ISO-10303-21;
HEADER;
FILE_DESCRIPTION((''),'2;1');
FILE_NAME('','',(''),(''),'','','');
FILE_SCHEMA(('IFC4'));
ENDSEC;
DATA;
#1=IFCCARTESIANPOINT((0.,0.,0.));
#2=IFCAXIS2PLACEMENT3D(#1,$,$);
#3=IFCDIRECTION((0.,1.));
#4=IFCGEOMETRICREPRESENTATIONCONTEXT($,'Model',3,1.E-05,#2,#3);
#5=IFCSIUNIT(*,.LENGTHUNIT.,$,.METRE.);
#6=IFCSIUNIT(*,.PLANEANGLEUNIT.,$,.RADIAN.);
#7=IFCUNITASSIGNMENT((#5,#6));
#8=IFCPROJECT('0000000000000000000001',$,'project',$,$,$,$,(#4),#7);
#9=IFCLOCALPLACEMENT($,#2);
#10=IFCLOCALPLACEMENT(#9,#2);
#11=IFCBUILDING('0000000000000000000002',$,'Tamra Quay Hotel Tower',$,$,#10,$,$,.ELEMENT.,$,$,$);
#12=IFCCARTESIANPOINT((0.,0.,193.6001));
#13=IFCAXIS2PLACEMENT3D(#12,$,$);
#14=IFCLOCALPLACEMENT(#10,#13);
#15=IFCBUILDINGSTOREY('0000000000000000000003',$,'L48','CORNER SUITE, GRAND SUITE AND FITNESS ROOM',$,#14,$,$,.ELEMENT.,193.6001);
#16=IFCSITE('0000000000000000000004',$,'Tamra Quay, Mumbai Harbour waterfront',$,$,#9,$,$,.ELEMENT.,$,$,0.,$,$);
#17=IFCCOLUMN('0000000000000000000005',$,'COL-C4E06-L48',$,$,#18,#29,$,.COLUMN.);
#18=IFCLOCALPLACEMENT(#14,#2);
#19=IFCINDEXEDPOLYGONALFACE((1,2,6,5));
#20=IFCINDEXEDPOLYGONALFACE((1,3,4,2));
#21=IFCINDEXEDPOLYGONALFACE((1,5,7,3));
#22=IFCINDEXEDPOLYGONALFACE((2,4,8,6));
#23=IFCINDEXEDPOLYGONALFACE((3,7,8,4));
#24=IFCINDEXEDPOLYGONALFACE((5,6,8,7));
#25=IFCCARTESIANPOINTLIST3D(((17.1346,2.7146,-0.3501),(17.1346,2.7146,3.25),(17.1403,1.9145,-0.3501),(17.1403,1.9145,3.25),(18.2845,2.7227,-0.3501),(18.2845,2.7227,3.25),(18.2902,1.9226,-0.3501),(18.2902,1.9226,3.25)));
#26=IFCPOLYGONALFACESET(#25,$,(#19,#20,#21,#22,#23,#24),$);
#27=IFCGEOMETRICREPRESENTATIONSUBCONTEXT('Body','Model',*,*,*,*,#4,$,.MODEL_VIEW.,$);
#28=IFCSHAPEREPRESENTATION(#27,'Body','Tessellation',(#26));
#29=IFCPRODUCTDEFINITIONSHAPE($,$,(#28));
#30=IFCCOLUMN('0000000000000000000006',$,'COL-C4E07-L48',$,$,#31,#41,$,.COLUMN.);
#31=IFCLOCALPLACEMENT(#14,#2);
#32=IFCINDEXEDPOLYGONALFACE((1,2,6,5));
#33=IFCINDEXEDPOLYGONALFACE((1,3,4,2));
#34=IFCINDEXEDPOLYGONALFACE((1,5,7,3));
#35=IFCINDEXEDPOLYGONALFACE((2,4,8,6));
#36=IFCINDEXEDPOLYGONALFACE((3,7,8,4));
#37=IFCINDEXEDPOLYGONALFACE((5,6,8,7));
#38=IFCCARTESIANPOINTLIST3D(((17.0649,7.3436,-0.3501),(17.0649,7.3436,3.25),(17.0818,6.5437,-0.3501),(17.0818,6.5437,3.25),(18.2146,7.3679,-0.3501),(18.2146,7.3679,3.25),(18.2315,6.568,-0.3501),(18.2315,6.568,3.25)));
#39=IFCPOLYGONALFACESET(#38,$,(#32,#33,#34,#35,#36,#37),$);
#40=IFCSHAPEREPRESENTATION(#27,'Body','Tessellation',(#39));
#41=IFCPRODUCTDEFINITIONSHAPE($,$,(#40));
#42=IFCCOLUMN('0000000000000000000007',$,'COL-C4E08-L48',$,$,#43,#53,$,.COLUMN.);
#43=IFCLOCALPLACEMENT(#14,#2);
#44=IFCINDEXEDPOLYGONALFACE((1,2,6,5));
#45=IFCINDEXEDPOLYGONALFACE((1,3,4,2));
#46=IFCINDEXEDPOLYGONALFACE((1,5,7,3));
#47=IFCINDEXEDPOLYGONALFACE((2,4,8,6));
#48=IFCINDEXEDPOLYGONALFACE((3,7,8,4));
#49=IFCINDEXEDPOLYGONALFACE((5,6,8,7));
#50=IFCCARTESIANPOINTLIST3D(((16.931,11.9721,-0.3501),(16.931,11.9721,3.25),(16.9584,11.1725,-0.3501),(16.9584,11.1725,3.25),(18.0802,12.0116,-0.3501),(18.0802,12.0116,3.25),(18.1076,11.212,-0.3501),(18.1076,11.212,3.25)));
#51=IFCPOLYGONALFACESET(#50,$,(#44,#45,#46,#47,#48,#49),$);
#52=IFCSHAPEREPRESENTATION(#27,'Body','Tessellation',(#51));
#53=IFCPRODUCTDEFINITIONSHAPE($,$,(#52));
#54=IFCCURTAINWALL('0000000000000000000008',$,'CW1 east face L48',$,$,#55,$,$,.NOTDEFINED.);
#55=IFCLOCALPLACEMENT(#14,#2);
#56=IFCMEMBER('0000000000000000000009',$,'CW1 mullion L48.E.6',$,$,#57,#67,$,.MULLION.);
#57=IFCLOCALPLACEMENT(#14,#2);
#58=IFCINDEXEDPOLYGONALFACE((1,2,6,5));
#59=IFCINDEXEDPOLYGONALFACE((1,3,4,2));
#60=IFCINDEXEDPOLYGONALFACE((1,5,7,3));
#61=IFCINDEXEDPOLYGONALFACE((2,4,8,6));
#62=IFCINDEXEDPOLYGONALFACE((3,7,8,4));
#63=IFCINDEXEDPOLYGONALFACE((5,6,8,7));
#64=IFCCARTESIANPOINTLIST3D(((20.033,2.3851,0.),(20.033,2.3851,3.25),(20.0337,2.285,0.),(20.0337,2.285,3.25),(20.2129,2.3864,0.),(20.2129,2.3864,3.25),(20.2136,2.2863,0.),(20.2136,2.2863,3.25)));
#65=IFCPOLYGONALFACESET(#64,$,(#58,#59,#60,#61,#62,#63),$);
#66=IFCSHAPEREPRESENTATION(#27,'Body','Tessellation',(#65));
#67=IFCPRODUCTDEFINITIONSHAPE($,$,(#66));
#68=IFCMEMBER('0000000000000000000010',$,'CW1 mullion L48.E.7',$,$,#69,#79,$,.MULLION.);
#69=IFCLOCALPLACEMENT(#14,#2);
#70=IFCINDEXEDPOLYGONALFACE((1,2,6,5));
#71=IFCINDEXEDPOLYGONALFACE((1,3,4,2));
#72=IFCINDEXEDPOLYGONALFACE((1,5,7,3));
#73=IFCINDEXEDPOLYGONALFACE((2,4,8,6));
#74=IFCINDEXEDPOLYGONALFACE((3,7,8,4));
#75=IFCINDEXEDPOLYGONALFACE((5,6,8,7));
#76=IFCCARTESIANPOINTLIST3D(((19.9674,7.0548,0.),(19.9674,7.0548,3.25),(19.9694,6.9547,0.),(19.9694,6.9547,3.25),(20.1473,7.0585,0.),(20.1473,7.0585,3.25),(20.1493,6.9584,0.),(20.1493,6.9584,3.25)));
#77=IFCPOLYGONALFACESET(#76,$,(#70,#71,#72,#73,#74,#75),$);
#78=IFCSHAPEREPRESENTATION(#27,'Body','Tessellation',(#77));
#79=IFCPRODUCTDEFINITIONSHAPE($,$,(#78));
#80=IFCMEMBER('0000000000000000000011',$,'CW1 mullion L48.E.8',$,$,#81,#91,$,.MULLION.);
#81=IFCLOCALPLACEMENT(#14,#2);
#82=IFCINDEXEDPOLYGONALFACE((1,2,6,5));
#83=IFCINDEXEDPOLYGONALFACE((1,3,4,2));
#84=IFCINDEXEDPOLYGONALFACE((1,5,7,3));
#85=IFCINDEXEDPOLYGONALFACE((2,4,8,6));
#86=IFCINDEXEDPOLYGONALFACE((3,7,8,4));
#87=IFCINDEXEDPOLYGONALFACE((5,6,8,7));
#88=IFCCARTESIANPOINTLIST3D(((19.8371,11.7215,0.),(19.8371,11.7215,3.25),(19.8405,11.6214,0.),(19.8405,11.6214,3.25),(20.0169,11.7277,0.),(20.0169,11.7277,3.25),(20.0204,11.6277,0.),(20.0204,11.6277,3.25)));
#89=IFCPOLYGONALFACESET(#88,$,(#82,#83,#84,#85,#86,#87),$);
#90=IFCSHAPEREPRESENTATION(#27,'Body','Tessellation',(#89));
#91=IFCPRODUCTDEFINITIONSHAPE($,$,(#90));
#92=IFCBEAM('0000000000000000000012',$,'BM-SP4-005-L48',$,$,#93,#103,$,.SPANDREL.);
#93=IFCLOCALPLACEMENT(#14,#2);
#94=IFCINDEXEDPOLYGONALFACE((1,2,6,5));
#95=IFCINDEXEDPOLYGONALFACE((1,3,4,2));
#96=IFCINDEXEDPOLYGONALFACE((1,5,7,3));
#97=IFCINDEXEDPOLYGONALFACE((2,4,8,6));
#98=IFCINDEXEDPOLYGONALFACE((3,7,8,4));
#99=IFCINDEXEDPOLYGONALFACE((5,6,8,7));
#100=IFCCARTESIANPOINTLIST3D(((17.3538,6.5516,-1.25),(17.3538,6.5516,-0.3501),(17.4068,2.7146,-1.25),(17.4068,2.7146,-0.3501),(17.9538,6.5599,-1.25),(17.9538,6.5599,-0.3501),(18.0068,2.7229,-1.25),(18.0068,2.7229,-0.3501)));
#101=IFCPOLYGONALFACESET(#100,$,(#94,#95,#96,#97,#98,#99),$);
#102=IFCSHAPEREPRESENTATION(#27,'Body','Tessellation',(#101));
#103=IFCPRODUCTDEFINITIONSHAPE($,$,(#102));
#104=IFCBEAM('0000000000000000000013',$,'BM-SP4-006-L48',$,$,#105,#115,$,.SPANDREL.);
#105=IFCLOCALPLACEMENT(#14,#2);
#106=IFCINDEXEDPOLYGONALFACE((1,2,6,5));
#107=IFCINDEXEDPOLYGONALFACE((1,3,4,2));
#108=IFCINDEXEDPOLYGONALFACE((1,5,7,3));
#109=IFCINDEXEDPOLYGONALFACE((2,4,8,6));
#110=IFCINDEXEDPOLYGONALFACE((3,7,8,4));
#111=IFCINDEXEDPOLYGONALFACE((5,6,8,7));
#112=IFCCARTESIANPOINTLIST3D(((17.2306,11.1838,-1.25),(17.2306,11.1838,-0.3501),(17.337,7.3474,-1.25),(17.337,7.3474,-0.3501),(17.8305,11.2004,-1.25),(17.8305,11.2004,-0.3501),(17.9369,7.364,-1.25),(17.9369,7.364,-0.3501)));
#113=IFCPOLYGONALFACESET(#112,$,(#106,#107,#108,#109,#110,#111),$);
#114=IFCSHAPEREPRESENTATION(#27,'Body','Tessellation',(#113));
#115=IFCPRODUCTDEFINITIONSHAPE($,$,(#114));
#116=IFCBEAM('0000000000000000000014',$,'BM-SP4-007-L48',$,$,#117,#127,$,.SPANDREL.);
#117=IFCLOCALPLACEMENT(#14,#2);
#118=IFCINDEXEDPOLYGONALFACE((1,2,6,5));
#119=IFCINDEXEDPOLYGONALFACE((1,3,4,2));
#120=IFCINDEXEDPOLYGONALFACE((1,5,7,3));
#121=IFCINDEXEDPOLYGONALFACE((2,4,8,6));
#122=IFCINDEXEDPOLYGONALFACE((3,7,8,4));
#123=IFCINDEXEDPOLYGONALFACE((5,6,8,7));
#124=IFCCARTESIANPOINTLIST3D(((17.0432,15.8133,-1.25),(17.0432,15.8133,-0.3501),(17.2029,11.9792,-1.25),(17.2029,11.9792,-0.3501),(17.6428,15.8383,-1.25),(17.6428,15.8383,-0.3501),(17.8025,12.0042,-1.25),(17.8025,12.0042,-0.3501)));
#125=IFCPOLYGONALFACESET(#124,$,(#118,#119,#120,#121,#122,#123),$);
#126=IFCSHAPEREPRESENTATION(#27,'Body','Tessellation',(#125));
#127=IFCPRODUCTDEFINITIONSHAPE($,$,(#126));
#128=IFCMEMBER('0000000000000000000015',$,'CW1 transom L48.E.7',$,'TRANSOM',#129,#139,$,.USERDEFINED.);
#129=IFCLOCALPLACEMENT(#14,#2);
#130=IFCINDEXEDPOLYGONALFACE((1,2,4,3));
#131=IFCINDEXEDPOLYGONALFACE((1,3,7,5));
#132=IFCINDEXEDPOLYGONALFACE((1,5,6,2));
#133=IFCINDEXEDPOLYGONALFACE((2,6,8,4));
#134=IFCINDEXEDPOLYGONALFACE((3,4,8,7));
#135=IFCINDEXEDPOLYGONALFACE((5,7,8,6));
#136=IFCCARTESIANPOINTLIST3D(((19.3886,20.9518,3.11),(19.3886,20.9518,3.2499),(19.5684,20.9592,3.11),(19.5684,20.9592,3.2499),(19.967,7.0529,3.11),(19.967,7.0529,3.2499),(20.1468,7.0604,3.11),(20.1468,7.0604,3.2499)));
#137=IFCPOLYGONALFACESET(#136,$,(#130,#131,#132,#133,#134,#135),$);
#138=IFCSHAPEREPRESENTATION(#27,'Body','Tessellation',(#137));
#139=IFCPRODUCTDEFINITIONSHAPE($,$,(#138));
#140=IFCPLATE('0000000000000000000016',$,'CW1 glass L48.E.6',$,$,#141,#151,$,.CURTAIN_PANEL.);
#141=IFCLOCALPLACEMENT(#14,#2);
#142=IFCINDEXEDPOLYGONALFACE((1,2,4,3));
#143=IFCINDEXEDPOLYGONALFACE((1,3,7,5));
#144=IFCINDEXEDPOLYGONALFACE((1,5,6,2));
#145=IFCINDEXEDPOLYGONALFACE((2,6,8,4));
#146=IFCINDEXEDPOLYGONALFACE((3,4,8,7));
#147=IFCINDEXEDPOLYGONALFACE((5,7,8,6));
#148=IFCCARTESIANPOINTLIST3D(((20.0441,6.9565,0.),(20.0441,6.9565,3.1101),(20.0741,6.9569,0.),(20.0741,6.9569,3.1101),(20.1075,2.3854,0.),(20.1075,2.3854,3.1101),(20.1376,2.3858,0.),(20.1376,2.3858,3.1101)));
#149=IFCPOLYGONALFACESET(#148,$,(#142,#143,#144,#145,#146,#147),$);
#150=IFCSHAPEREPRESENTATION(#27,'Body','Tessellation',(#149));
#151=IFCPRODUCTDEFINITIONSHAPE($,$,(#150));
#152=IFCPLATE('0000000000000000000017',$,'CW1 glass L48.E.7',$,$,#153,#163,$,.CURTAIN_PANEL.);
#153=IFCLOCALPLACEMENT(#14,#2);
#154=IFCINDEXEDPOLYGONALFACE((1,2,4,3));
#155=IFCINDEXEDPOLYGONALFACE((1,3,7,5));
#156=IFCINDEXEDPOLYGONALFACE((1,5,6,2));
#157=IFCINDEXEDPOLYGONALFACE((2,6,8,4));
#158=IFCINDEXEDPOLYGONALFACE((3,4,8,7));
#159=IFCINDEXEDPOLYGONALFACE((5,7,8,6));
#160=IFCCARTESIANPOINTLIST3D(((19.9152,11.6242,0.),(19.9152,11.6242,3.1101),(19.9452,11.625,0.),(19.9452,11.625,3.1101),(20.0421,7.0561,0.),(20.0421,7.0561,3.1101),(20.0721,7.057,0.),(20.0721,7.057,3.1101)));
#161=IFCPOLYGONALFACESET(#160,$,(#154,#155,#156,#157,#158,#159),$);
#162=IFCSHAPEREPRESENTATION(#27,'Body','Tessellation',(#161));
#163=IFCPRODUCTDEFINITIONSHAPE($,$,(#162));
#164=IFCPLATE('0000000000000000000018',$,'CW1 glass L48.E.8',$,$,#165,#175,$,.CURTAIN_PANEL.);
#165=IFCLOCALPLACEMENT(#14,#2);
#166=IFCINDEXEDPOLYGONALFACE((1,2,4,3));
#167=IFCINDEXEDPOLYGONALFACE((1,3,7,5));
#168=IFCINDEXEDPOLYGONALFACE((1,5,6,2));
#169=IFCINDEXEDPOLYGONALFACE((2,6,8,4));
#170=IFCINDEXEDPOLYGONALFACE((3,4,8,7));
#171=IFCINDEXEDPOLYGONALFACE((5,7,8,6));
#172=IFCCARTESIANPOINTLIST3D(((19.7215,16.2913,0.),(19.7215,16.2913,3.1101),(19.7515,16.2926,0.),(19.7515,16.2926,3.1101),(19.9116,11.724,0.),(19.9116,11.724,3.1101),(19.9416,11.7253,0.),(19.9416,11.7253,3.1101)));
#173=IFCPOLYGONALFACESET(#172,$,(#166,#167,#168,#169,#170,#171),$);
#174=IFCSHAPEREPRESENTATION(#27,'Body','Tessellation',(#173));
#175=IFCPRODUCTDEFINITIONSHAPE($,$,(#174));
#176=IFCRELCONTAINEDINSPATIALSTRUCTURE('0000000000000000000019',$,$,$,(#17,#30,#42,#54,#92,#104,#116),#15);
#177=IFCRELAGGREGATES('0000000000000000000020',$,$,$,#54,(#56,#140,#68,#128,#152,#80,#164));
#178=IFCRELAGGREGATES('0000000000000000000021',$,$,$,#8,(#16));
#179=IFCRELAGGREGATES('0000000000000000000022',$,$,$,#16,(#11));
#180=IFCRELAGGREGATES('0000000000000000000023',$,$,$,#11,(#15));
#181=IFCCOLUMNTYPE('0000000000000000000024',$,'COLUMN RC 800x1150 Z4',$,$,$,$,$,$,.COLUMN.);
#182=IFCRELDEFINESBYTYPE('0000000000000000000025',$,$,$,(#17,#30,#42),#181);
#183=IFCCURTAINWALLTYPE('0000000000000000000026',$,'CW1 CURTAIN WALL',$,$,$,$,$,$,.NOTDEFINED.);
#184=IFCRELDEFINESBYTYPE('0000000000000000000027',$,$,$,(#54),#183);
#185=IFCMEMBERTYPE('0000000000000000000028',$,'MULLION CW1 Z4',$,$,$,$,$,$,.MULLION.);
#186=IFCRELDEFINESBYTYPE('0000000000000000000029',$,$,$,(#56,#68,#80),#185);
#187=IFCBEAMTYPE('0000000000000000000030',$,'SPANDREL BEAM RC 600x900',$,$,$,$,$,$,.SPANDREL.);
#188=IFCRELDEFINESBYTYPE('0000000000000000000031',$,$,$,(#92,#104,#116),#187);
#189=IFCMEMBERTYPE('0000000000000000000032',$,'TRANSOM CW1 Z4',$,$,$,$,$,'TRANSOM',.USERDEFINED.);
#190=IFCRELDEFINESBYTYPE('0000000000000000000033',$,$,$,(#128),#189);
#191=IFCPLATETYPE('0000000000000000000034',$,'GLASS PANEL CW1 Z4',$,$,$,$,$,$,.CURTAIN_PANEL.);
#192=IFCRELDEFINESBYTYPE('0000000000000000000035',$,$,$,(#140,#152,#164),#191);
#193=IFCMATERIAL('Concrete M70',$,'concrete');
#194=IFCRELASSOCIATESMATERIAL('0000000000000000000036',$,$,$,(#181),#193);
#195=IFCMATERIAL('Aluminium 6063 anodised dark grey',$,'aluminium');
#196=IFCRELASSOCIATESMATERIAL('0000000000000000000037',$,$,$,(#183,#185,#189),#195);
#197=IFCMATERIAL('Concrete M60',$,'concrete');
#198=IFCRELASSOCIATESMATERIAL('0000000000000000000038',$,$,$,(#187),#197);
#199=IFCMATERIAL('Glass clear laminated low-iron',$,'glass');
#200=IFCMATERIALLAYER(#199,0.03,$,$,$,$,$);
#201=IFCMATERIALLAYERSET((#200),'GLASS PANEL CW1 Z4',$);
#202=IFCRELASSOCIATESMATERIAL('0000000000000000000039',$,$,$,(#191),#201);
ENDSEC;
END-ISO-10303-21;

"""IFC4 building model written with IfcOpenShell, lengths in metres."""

from ifc_helpers import new_model, si_unit, direction, frame, origin, origin_2d, place, context, subcontext, project, spatial, rectangle, extrude, material, layer, layer_set, material_profile, profile_set, type_object, element, aggregate, save


model = new_model("IFC4")

# Units and contexts
model_context = context("Model", 3, precision=1e-05, world=origin(), true_north=direction((0.0, 1.0)))
body_context = subcontext(model_context, "Body", "Model", "MODEL_VIEW")
ifc_project = project(units=[si_unit("LENGTHUNIT", "METRE"), si_unit("PLANEANGLEUNIT", "RADIAN")], contexts=[model_context])

# Site, building, storey
site_placement = place(None, origin())
site = spatial("IfcSite", under=ifc_project, at=site_placement, Name="Tamra Quay, Mumbai Harbour waterfront", CompositionType="ELEMENT", RefElevation=0.0)
building_placement = place(site_placement, origin())
building = spatial("IfcBuilding", under=site, at=building_placement, Name="Tamra Quay Hotel Tower", CompositionType="ELEMENT")
storey_placement = place(building_placement, frame((0.0, 0.0, 193.6001)))
storey = spatial("IfcBuildingStorey", under=building, at=storey_placement, Name="L48", Description="CORNER SUITE, GRAND SUITE AND FITNESS ROOM", CompositionType="ELEMENT", Elevation=193.6001)

# Columns
ifc_material_1 = material(Name="Concrete M70", Category="concrete")
ifc_material_profile_1 = material_profile(ifc_material_1, rectangle(XDim=1.1499, YDim=0.8, at=origin_2d()), Name="COLUMN RC 800x1150 Z4")
ifc_profile_set_1 = profile_set([ifc_material_profile_1], Name="Concrete M70")
column_type = type_object("IfcColumnType", Name="COLUMN RC 800x1150 Z4", PredefinedType="COLUMN", material=ifc_profile_set_1)
for number, where, z_axis, x_axis, name in (
    (1, (17.7124, 2.3186, -0.3501), (0.0, 0.0, 1.0), (0.999975, 0.007041, 0.0), "COL-C4E06-L48"),
    (2, (17.6482, 6.9558, -0.3501), (0.0, 0.0, 1.0), (0.999777, 0.021115, 0.0), "COL-C4E07-L48"),
    (3, (17.5193, 11.592, -0.3501), (0.0, 0.0, 1.0), (0.999412, 0.034299, 0.0), "COL-C4E08-L48"),
):
    element("IfcColumn", number, at=place(storey_placement, frame(where, z_axis=z_axis, x_axis=x_axis)), inside=storey, type_object=column_type, Name=name, PredefinedType="COLUMN", context=body_context, shape_type="SweptSolid", body=[
        extrude(rectangle(XDim=1.1499, YDim=0.8, at=origin_2d()), origin(), (0.0, 0.0, 1.0), 3.6001),
    ])

# Curtain wall, members
ifc_material_2 = material(Name="Aluminium 6063 anodised dark grey", Category="aluminium")
curtain_wall_type = type_object("IfcCurtainWallType", Name="CW1 CURTAIN WALL", PredefinedType="NOTDEFINED", material=ifc_material_2)
curtain_wall_placement = place(storey_placement, origin())
curtain_wall = element("IfcCurtainWall", 4, at=curtain_wall_placement, inside=storey, type_object=curtain_wall_type, Name="CW1 east face L48", PredefinedType="NOTDEFINED")
ifc_material_profile_2 = material_profile(ifc_material_2, rectangle(XDim=0.1799, YDim=0.1001, at=origin_2d()), Name="MULLION 100X180")
ifc_profile_set_2 = profile_set([ifc_material_profile_2], Name="Aluminium 6063 anodised dark grey")
member_type_1 = type_object("IfcMemberType", Name="MULLION CW1 Z4", PredefinedType="MULLION", material=ifc_profile_set_2)
member_1_placement = place(storey_placement, frame((20.1233, 2.3357, 0.0), z_axis=(0.0, 0.0, 1.0), x_axis=(0.999976, 0.006943, 0.0)))
member_1 = element("IfcMember", 5, at=member_1_placement, type_object=member_type_1, Name="CW1 mullion L48.E.6", PredefinedType="MULLION", context=body_context, shape_type="SweptSolid", body=[
    extrude(rectangle(XDim=0.1799, YDim=0.1001, at=origin_2d()), origin(), (0.0, 0.0, 1.0), 3.25),
])
member_2_placement = place(storey_placement, frame((20.0583, 7.0066, 0.0), z_axis=(0.0, 0.0, 1.0), x_axis=(0.999783, 0.020821, 0.0)))
member_2 = element("IfcMember", 6, at=member_2_placement, type_object=member_type_1, Name="CW1 mullion L48.E.7", PredefinedType="MULLION", context=body_context, shape_type="SweptSolid", body=[
    extrude(rectangle(XDim=0.1799, YDim=0.1001, at=origin_2d()), origin(), (0.0, 0.0, 1.0), 3.25),
])
member_3_placement = place(storey_placement, frame((19.9287, 11.6746, 0.0), z_axis=(0.0, 0.0, 1.0), x_axis=(0.999399, 0.034677, 0.0)))
member_3 = element("IfcMember", 7, at=member_3_placement, type_object=member_type_1, Name="CW1 mullion L48.E.8", PredefinedType="MULLION", context=body_context, shape_type="SweptSolid", body=[
    extrude(rectangle(XDim=0.1799, YDim=0.1001, at=origin_2d()), origin(), (0.0, 0.0, 1.0), 3.25),
])

# Beams
ifc_material_3 = material(Name="Concrete M60", Category="concrete")
ifc_material_profile_3 = material_profile(ifc_material_3, rectangle(XDim=0.6001, YDim=0.8999, at=origin_2d()), Name="SPANDREL BEAM RC 600x900")
ifc_profile_set_3 = profile_set([ifc_material_profile_3], Name="Concrete M60")
beam_type = type_object("IfcBeamType", Name="SPANDREL BEAM RC 600x900", PredefinedType="SPANDREL", material=ifc_profile_set_3)
beam_1_placement = place(storey_placement, frame((17.7068, 2.7188, -0.8), z_axis=(-0.013805, 0.999905, 0.0), x_axis=(-0.999905, -0.013805, 0.0)))
element("IfcBeam", 8, at=beam_1_placement, inside=storey, type_object=beam_type, Name="BM-SP4-005-L48", PredefinedType="SPANDREL", context=body_context, shape_type="SweptSolid", body=[
    extrude(rectangle(XDim=0.6001, YDim=0.8999, at=origin_2d()), origin(), (0.0, 0.0, 1.0), 3.8374),
])
beam_2_placement = place(storey_placement, frame((17.637, 7.3557, -0.8), z_axis=(-0.027735, 0.999615, 0.0), x_axis=(-0.999615, -0.027735, 0.0)))
element("IfcBeam", 9, at=beam_2_placement, inside=storey, type_object=beam_type, Name="BM-SP4-006-L48", PredefinedType="SPANDREL", context=body_context, shape_type="SweptSolid", body=[
    extrude(rectangle(XDim=0.6001, YDim=0.8999, at=origin_2d()), origin(), (0.0, 0.0, 1.0), 3.8379),
])
beam_3_placement = place(storey_placement, frame((17.5027, 11.9917, -0.8), z_axis=(-0.041609, 0.999134, 0.0), x_axis=(-0.999134, -0.041609, 0.0)))
element("IfcBeam", 10, at=beam_3_placement, inside=storey, type_object=beam_type, Name="BM-SP4-007-L48", PredefinedType="SPANDREL", context=body_context, shape_type="SweptSolid", body=[
    extrude(rectangle(XDim=0.6001, YDim=0.8999, at=origin_2d()), origin(), (0.0, 0.0, 1.0), 3.8374),
])

# Member
ifc_material_profile_4 = material_profile(ifc_material_2, rectangle(XDim=0.1799, YDim=0.1399, at=origin_2d()), Name="TRANSOM 180X140")
ifc_profile_set_4 = profile_set([ifc_material_profile_4], Name="Aluminium 6063 anodised dark grey")
member_type_2 = type_object("IfcMemberType", Name="TRANSOM CW1 Z4", ElementType="TRANSOM", PredefinedType="USERDEFINED", material=ifc_profile_set_4)
member_4_placement = place(storey_placement, frame((20.0569, 7.0566, 3.1799), z_axis=(-0.041577, 0.999135, 0.0), x_axis=(-0.999135, -0.041577, 0.0)))
member_4 = element("IfcMember", 11, at=member_4_placement, type_object=member_type_2, Name="CW1 transom L48.E.7", ObjectType="TRANSOM", PredefinedType="USERDEFINED", context=body_context, shape_type="SweptSolid", body=[
    extrude(rectangle(XDim=0.1799, YDim=0.1399, at=origin_2d()), origin(), (0.0, 0.0, 1.0), 13.9109),
])

# Plates
ifc_material_4 = material(Name="Glass clear laminated low-iron", Category="glass")
ifc_layer_1 = layer(ifc_material_4, 0.03)
ifc_layer_set_1 = layer_set([ifc_layer_1], Name="GLASS PANEL CW1 Z4")
plate_type = type_object("IfcPlateType", Name="GLASS PANEL CW1 Z4", PredefinedType="CURTAIN_PANEL", material=ifc_layer_set_1)
plate_1_placement = place(storey_placement, frame((20.0908, 4.6711, 0.0), z_axis=(0.0, 0.0, 1.0), x_axis=(-0.013886, 0.999904, 0.0)))
plate_1 = element("IfcPlate", 12, at=plate_1_placement, type_object=plate_type, Name="CW1 glass L48.E.6", PredefinedType="CURTAIN_PANEL", context=body_context, shape_type="SweptSolid", body=[
    extrude(rectangle(XDim=4.5715, YDim=0.03, at=origin_2d()), origin(), (0.0, 0.0, 1.0), 3.1101),
])
plate_2_placement = place(storey_placement, frame((19.9937, 9.3406, 0.0), z_axis=(0.0, 0.0, 1.0), x_axis=(-0.027754, 0.999615, 0.0)))
plate_2 = element("IfcPlate", 13, at=plate_2_placement, type_object=plate_type, Name="CW1 glass L48.E.7", PredefinedType="CURTAIN_PANEL", context=body_context, shape_type="SweptSolid", body=[
    extrude(rectangle(XDim=4.5698, YDim=0.03, at=origin_2d()), origin(), (0.0, 0.0, 1.0), 3.1101),
])
plate_3_placement = place(storey_placement, frame((19.8315, 14.0083, 0.0), z_axis=(0.0, 0.0, 1.0), x_axis=(-0.041599, 0.999134, 0.0)))
plate_3 = element("IfcPlate", 14, at=plate_3_placement, type_object=plate_type, Name="CW1 glass L48.E.8", PredefinedType="CURTAIN_PANEL", context=body_context, shape_type="SweptSolid", body=[
    extrude(rectangle(XDim=4.5713, YDim=0.03, at=origin_2d()), origin(), (0.0, 0.0, 1.0), 3.1101),
])
aggregate(curtain_wall, [member_1, plate_1, member_2, member_4, plate_2, member_3, plate_3])

save(model, "model.ifc")
